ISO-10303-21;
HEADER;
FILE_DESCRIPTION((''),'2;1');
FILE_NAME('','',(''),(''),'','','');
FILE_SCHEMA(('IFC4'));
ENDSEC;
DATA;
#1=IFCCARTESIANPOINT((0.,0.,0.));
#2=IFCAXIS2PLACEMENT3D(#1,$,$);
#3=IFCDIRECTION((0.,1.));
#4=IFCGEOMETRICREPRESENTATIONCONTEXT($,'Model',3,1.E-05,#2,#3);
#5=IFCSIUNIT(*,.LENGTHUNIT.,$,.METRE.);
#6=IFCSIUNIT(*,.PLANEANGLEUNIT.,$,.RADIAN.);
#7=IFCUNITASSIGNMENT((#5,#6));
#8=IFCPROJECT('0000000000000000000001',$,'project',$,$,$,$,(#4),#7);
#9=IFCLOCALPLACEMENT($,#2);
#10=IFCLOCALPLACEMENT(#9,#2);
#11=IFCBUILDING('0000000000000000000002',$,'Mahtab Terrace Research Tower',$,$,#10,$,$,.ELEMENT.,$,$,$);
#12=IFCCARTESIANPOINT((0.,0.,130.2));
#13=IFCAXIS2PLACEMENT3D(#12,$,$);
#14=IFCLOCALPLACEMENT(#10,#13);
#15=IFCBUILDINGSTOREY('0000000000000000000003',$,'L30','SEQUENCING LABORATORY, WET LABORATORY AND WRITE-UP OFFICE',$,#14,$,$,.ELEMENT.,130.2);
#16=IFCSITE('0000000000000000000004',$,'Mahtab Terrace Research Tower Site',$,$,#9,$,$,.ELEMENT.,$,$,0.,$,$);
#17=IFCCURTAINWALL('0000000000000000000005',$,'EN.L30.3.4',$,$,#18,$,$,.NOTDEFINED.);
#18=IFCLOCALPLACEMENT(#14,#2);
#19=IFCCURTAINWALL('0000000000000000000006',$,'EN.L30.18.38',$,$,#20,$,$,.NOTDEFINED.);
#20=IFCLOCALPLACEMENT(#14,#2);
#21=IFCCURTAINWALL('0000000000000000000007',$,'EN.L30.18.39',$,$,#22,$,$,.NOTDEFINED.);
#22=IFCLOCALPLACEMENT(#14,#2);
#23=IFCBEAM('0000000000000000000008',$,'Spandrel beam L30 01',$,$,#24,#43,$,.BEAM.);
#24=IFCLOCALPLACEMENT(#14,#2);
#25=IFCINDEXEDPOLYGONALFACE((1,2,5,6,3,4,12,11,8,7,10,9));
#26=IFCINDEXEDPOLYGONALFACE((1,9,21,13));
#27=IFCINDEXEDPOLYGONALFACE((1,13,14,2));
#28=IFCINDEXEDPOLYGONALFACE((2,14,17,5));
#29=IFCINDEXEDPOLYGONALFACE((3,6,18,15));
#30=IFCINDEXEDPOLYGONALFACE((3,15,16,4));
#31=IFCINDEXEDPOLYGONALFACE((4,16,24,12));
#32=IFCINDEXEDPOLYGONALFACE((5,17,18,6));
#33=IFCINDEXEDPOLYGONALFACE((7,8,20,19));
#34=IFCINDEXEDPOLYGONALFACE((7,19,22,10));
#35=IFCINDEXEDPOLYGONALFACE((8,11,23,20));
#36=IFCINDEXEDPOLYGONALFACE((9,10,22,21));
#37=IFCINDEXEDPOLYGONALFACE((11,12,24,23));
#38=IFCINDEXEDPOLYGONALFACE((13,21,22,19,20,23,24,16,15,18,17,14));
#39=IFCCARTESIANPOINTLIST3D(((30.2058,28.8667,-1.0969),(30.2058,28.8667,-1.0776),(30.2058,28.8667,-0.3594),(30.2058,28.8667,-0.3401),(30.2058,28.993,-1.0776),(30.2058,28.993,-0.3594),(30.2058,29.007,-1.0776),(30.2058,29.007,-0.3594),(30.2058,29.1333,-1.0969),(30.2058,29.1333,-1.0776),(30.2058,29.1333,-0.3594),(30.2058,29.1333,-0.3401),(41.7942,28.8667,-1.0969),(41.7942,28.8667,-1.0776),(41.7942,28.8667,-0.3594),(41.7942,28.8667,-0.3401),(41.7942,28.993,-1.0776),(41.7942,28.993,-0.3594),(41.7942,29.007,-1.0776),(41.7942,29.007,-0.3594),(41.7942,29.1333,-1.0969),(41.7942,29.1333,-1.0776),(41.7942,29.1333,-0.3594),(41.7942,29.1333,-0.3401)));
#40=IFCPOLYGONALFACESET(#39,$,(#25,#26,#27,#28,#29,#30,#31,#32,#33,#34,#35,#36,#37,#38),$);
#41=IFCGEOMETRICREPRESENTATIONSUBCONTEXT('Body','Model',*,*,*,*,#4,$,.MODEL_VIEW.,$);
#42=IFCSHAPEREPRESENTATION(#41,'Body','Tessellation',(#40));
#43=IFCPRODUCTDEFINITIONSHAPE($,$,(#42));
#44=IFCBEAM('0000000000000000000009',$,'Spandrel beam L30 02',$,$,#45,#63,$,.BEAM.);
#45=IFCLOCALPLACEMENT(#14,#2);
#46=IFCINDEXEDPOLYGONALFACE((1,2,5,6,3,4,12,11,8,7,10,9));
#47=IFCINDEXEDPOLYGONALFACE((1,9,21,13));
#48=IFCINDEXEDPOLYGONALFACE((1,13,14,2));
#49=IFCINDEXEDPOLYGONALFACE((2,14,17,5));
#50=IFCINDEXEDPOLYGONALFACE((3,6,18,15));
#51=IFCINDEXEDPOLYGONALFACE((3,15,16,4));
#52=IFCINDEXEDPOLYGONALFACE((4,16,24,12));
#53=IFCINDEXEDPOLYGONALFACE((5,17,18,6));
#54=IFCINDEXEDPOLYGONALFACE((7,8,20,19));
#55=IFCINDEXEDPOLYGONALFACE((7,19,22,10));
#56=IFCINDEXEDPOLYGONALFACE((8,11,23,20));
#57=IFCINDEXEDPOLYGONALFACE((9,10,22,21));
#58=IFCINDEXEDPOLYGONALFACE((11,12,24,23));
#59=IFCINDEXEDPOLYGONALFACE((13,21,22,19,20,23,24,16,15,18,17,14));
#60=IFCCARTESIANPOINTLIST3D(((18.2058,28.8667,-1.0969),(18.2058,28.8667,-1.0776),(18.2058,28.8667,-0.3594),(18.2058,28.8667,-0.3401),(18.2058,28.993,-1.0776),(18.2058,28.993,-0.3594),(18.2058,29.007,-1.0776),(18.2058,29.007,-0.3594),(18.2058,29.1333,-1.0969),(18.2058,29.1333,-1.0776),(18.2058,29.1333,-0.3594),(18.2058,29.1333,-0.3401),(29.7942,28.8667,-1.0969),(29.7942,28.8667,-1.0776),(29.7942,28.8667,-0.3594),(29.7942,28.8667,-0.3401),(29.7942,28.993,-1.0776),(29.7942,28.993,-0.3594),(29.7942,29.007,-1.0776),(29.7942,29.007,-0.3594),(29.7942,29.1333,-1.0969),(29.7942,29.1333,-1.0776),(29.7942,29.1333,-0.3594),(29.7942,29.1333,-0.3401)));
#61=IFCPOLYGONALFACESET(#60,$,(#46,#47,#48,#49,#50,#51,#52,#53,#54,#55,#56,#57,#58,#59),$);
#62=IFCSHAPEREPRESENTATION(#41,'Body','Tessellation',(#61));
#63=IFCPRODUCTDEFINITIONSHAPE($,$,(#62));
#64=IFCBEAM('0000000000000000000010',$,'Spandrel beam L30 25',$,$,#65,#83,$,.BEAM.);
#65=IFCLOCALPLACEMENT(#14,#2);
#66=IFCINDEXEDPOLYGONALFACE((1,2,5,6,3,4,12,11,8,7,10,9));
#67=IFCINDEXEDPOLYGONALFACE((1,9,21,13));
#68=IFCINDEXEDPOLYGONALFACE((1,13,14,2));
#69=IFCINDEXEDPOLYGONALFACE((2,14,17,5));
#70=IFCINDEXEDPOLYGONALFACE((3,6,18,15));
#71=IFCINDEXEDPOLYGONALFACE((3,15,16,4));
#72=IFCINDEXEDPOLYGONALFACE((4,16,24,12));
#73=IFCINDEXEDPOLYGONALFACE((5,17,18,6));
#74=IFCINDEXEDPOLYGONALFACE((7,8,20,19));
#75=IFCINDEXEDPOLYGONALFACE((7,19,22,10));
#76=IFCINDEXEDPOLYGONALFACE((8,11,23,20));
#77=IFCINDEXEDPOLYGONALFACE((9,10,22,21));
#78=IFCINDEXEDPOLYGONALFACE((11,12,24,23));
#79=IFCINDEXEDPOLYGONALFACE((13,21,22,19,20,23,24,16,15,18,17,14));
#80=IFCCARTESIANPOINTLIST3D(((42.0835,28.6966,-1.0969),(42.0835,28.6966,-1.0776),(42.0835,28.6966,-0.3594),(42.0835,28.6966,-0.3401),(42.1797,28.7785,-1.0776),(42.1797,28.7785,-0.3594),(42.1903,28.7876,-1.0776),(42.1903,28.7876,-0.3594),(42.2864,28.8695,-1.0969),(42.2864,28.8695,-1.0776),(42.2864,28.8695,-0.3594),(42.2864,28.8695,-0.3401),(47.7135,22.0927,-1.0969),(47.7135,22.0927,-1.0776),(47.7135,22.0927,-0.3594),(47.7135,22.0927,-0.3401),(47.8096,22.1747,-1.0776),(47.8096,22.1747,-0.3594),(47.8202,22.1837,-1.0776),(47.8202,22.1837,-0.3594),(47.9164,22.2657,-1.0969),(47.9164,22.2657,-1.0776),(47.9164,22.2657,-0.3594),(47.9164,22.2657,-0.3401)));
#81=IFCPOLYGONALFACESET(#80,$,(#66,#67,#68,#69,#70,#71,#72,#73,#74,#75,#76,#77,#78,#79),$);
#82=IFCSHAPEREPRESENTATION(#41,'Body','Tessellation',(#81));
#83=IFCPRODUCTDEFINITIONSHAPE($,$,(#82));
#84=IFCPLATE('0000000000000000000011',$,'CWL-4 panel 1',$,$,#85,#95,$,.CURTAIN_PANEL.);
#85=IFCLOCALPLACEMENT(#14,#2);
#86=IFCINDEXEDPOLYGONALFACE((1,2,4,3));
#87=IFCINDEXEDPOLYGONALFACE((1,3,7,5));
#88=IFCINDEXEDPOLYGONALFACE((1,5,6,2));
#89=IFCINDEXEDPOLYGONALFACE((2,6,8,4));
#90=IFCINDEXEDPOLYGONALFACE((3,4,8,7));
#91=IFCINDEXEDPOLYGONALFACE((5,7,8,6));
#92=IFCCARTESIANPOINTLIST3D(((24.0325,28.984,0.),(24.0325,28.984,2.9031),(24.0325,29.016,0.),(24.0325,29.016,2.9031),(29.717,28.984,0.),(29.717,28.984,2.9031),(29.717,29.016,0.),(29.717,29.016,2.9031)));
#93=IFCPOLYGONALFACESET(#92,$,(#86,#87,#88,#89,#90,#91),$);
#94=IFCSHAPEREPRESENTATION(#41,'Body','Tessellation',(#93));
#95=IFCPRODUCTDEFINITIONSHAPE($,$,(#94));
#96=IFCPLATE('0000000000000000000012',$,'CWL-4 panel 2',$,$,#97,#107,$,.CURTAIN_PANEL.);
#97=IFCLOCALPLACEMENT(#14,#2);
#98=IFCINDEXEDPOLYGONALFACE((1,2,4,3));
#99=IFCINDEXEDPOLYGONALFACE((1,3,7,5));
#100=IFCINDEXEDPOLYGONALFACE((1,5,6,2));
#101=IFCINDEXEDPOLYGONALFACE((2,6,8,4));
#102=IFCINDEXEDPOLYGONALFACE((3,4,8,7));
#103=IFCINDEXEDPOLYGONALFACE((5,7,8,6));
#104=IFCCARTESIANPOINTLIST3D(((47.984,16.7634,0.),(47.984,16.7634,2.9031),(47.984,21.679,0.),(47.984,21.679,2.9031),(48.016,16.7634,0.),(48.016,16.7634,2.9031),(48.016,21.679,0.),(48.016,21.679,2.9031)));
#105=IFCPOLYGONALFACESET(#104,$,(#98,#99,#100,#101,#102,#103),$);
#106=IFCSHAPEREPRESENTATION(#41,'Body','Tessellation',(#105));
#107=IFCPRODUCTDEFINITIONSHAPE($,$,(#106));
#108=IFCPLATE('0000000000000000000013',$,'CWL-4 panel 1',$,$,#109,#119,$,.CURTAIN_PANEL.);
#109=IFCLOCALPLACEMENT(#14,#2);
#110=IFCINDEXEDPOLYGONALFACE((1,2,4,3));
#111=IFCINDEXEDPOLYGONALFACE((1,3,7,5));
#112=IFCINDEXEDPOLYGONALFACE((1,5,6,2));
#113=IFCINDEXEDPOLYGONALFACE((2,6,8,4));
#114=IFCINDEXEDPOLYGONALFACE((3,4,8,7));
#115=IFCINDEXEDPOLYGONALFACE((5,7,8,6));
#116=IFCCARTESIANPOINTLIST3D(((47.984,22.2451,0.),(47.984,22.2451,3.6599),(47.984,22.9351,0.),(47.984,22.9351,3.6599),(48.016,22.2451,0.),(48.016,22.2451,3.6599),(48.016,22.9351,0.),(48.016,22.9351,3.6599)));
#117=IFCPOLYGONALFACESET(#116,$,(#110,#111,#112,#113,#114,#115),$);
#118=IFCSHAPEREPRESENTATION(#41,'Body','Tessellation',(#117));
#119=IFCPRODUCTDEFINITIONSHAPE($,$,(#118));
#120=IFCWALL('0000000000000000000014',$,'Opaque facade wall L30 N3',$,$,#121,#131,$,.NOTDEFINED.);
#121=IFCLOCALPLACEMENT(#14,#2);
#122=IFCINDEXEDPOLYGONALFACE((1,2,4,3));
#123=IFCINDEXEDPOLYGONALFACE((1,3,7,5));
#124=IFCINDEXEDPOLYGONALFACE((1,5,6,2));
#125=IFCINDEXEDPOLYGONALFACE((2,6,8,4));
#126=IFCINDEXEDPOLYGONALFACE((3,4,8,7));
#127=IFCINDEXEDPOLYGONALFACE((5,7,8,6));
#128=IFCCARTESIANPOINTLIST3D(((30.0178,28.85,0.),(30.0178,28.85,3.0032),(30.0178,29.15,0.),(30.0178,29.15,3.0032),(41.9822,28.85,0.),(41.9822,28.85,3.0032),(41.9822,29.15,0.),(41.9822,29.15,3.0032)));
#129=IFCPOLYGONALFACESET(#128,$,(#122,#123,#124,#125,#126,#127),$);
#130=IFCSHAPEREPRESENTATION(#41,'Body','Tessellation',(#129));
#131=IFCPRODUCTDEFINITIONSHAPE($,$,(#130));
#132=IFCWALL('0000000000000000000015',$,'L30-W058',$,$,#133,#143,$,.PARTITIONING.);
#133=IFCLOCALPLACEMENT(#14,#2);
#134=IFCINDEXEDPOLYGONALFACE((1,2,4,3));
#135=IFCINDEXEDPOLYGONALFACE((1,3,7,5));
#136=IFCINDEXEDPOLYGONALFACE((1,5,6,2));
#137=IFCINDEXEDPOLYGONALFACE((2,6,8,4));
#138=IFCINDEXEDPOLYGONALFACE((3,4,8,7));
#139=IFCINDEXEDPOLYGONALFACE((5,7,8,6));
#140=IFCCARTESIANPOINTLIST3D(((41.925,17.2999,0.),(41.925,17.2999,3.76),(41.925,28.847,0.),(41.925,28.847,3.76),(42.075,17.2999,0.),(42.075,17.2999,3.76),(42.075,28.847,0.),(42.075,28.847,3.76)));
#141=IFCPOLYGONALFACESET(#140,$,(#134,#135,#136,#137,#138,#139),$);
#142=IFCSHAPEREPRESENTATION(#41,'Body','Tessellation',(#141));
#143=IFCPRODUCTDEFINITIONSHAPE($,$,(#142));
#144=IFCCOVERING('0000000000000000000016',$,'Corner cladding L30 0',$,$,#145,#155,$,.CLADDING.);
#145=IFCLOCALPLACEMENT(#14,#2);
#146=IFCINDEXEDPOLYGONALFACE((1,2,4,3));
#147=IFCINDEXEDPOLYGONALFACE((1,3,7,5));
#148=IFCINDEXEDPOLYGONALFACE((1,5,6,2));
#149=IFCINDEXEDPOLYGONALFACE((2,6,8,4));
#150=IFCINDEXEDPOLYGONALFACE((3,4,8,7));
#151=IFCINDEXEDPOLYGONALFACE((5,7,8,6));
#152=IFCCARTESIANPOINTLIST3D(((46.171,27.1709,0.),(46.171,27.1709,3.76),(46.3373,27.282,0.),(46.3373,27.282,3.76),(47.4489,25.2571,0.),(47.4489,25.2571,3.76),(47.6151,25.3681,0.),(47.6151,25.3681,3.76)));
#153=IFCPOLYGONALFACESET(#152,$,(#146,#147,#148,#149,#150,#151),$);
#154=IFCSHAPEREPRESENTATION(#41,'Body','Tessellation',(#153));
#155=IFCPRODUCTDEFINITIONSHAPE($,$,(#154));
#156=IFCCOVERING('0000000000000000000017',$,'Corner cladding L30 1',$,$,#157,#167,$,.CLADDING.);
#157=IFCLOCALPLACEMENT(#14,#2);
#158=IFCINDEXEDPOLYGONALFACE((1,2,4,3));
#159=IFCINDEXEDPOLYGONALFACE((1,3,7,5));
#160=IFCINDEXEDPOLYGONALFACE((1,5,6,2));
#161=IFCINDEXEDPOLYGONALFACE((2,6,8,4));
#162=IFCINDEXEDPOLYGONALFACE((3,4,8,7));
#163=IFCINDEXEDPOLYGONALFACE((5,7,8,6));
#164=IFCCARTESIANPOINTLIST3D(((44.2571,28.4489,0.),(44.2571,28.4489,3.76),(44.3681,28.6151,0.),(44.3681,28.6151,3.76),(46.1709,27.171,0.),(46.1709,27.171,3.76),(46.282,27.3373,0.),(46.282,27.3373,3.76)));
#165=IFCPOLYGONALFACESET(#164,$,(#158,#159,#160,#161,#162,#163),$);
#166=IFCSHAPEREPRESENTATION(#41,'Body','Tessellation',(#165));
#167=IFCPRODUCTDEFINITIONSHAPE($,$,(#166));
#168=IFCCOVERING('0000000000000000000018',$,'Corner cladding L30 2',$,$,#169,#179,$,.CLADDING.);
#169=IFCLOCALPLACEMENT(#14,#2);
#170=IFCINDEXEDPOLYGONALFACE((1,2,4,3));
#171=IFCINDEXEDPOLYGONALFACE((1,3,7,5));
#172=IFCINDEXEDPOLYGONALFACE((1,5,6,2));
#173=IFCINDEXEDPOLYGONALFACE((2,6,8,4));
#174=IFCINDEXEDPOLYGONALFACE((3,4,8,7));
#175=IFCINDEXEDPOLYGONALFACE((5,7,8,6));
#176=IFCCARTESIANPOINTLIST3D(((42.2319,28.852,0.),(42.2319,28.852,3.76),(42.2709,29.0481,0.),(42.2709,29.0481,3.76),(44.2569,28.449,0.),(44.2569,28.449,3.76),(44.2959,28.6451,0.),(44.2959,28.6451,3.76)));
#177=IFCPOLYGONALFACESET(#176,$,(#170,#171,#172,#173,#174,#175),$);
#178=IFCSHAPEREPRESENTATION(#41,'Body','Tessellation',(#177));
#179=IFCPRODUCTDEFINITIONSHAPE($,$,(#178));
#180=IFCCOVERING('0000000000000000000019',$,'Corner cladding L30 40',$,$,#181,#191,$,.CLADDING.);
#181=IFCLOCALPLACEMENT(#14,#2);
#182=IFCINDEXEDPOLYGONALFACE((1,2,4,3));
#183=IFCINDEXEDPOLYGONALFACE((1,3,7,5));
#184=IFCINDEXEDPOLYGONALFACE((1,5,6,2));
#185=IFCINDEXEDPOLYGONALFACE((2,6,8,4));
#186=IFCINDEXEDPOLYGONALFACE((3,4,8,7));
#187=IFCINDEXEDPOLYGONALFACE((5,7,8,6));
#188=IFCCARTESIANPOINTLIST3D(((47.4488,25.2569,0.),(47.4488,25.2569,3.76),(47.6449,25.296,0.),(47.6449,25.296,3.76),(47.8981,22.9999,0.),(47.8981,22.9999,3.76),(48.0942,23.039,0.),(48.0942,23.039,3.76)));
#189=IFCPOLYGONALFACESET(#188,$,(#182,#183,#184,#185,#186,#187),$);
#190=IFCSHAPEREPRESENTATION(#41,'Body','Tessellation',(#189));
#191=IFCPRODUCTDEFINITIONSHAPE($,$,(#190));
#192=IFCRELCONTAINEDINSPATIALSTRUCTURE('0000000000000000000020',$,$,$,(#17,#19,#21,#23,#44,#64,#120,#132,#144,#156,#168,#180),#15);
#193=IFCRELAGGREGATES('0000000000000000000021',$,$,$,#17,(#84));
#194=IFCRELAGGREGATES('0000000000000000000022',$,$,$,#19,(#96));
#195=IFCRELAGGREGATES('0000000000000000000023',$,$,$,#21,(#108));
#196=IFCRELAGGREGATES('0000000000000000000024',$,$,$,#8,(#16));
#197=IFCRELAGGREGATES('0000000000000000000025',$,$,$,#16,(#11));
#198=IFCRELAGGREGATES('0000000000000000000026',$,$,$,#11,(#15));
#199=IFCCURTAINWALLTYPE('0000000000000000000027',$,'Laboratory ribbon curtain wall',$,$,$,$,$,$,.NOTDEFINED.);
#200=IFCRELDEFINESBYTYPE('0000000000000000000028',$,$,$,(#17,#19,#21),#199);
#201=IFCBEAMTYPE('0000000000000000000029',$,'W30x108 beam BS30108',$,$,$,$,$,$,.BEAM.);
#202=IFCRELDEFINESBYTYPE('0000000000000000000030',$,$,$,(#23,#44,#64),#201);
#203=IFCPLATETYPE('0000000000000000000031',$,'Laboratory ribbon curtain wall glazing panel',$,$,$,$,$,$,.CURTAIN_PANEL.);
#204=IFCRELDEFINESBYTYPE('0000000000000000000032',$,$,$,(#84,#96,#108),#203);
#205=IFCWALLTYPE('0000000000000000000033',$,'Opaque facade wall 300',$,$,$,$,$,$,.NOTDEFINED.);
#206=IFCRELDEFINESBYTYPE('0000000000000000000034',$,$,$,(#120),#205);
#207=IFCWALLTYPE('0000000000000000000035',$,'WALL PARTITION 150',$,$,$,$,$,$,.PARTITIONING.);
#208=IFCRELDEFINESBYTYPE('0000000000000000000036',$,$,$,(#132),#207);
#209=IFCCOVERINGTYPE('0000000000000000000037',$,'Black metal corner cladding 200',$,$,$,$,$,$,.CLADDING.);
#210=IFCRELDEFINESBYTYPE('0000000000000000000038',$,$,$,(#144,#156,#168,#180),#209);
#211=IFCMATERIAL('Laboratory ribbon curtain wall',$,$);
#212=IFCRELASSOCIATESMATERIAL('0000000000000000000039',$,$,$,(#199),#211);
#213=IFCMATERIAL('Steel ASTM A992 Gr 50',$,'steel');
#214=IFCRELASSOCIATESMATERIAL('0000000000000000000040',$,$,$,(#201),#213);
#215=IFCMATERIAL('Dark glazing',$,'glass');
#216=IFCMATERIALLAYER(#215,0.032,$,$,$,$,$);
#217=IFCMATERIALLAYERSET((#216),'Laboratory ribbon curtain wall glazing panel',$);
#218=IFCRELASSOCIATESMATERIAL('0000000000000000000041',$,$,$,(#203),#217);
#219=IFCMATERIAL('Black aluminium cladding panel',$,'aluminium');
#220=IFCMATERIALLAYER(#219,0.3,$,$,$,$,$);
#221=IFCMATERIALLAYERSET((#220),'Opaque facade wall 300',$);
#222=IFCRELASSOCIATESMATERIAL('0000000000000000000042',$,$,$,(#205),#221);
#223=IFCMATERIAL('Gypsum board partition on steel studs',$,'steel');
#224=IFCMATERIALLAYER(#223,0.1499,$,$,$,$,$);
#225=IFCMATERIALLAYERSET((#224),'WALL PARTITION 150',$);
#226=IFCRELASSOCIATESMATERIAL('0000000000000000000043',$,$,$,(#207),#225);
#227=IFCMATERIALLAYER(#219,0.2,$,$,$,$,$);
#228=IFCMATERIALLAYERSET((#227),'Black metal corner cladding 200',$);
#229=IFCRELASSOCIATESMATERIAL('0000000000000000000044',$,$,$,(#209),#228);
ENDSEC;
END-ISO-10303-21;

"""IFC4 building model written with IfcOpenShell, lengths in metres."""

from ifc_helpers import new_model, si_unit, direction, frame, frame_2d, origin, origin_2d, place, context, subcontext, project, spatial, rectangle, i_section, extrude, material, layer, layer_set, material_profile, profile_set, type_object, element, aggregate, save


model = new_model("IFC4")

# Units and contexts
model_context = context("Model", 3, precision=1e-05, world=origin(), true_north=direction((0.0, 1.0)))
body_context = subcontext(model_context, "Body", "Model", "MODEL_VIEW")
ifc_project = project(units=[si_unit("LENGTHUNIT", "METRE"), si_unit("PLANEANGLEUNIT", "RADIAN")], contexts=[model_context])

# Site, building, storey
site_placement = place(None, origin())
site = spatial("IfcSite", under=ifc_project, at=site_placement, Name="Mahtab Terrace Research Tower Site", CompositionType="ELEMENT", RefElevation=0.0)
building_placement = place(site_placement, origin())
building = spatial("IfcBuilding", under=site, at=building_placement, Name="Mahtab Terrace Research Tower", CompositionType="ELEMENT")
storey_placement = place(building_placement, frame((0.0, 0.0, 130.2)))
storey = spatial("IfcBuildingStorey", under=building, at=storey_placement, Name="L30", Description="SEQUENCING LABORATORY, WET LABORATORY AND WRITE-UP OFFICE", CompositionType="ELEMENT", Elevation=130.2)

# Shared definitions
ifc_material_1 = material(Name="Steel ASTM A992 Gr 50", Category="steel")

# Curtain walls
ifc_material_2 = material(Name="Laboratory ribbon curtain wall")
curtain_wall_type = type_object("IfcCurtainWallType", Name="Laboratory ribbon curtain wall", PredefinedType="NOTDEFINED", material=ifc_material_2)
curtain_wall_1_placement = place(storey_placement, origin())
curtain_wall_1 = element("IfcCurtainWall", 1, at=curtain_wall_1_placement, inside=storey, type_object=curtain_wall_type, Name="EN.L30.3.4", PredefinedType="NOTDEFINED")
curtain_wall_2_placement = place(storey_placement, origin())
curtain_wall_2 = element("IfcCurtainWall", 2, at=curtain_wall_2_placement, inside=storey, type_object=curtain_wall_type, Name="EN.L30.18.38", PredefinedType="NOTDEFINED")

# Curtain wall
curtain_wall_3_placement = place(storey_placement, origin())
curtain_wall_3 = element("IfcCurtainWall", 3, at=curtain_wall_3_placement, inside=storey, type_object=curtain_wall_type, Name="EN.L30.18.39", PredefinedType="NOTDEFINED")

# Beams
ifc_material_profile_1 = material_profile(ifc_material_1, i_section(OverallWidth=0.2666, OverallDepth=0.7568, WebThickness=0.0139, FlangeThickness=0.0193, at=origin_2d()), Name="W30X108")
ifc_profile_set_1 = profile_set([ifc_material_profile_1], Name="Steel ASTM A992 Gr 50")
beam_type = type_object("IfcBeamType", Name="W30x108 beam BS30108", PredefinedType="BEAM", material=ifc_profile_set_1)
for number, where, z_axis, x_axis, name in (
    (4, (41.7942, 29.0, -0.7185), (-1.0, 0.0, 0.0), (0.0, -1.0, 0.0), "Spandrel beam L30 01"),
    (5, (29.7942, 29.0, -0.7185), (-1.0, 0.0, 0.0), (0.0, -1.0, 0.0), "Spandrel beam L30 02"),
):
    element("IfcBeam", number, at=place(storey_placement, frame(where, z_axis=z_axis, x_axis=x_axis)), inside=storey, type_object=beam_type, Name=name, PredefinedType="BEAM", context=body_context, shape_type="SweptSolid", body=[
        extrude(i_section(OverallWidth=0.2666, OverallDepth=0.7568, WebThickness=0.0139, FlangeThickness=0.0193, at=origin_2d()), origin(), (0.0, 0.0, 1.0), 11.5884),
    ])
beam_placement = place(storey_placement, frame((47.8149, 22.1792, -0.7185), z_axis=(-0.648764, 0.76099, 0.0), x_axis=(-0.76099, -0.648764, 0.0)))
element("IfcBeam", 6, at=beam_placement, inside=storey, type_object=beam_type, Name="Spandrel beam L30 25", PredefinedType="BEAM", context=body_context, shape_type="SweptSolid", body=[
    extrude(i_section(OverallWidth=0.2666, OverallDepth=0.7568, WebThickness=0.0139, FlangeThickness=0.0193, at=origin_2d()), origin(), (0.0, 0.0, 1.0), 8.678),
])

# Plates
ifc_material_3 = material(Name="Dark glazing", Category="glass")
ifc_layer_1 = layer(ifc_material_3, 0.032)
ifc_layer_set_1 = layer_set([ifc_layer_1], Name="Laboratory ribbon curtain wall glazing panel")
plate_type = type_object("IfcPlateType", Name="Laboratory ribbon curtain wall glazing panel", PredefinedType="CURTAIN_PANEL", material=ifc_layer_set_1)
plate_1_placement = place(storey_placement, frame((26.8748, 29.0, 0.0), z_axis=(0.0, 0.0, 1.0), x_axis=(-1.0, 0.0, 0.0)))
plate_1 = element("IfcPlate", 7, at=plate_1_placement, type_object=plate_type, Name="CWL-4 panel 1", PredefinedType="CURTAIN_PANEL", context=body_context, shape_type="SweptSolid", body=[
    extrude(rectangle(XDim=5.6846, YDim=0.032, at=origin_2d()), origin(), (0.0, 0.0, 1.0), 2.9031),
])
aggregate(curtain_wall_1, [plate_1])
plate_2_placement = place(storey_placement, frame((48.0, 19.2212, 0.0), z_axis=(0.0, 0.0, 1.0), x_axis=(0.0, 1.0, 0.0)))
plate_2 = element("IfcPlate", 8, at=plate_2_placement, type_object=plate_type, Name="CWL-4 panel 2", PredefinedType="CURTAIN_PANEL", context=body_context, shape_type="SweptSolid", body=[
    extrude(rectangle(XDim=4.9155, YDim=0.032, at=origin_2d()), origin(), (0.0, 0.0, 1.0), 2.9031),
])
aggregate(curtain_wall_2, [plate_2])
plate_3_placement = place(storey_placement, frame((48.0, 22.5901, 0.0), z_axis=(0.0, 0.0, 1.0), x_axis=(0.0, 1.0, 0.0)))
plate_3 = element("IfcPlate", 9, at=plate_3_placement, type_object=plate_type, Name="CWL-4 panel 1", PredefinedType="CURTAIN_PANEL", context=body_context, shape_type="SweptSolid", body=[
    extrude(rectangle(XDim=0.6899, YDim=0.032, at=origin_2d()), origin(), (0.0, 0.0, 1.0), 3.6599),
])
aggregate(curtain_wall_3, [plate_3])

# Walls
ifc_material_4 = material(Name="Black aluminium cladding panel", Category="aluminium")
ifc_layer_2 = layer(ifc_material_4, 0.3)
ifc_layer_set_2 = layer_set([ifc_layer_2], Name="Opaque facade wall 300")
wall_type_1 = type_object("IfcWallType", Name="Opaque facade wall 300", PredefinedType="NOTDEFINED", material=ifc_layer_set_2)
wall_1_placement = place(storey_placement, frame((41.9822, 29.0, 0.0), z_axis=(0.0, 0.0, 1.0), x_axis=(-1.0, 0.0, 0.0)))
element("IfcWall", 10, at=wall_1_placement, inside=storey, type_object=wall_type_1, Name="Opaque facade wall L30 N3", PredefinedType="NOTDEFINED", context=body_context, shape_type="SweptSolid", body=[
    extrude(rectangle(XDim=11.9644, YDim=0.3, at=frame_2d((5.9822, 0.0))), origin(), (0.0, 0.0, 1.0), 3.0032),
])
ifc_material_5 = material(Name="Gypsum board partition on steel studs", Category="steel")
ifc_layer_3 = layer(ifc_material_5, 0.1499)
ifc_layer_set_3 = layer_set([ifc_layer_3], Name="WALL PARTITION 150")
wall_type_2 = type_object("IfcWallType", Name="WALL PARTITION 150", PredefinedType="PARTITIONING", material=ifc_layer_set_3)
wall_2_placement = place(storey_placement, frame((42.0, 17.3, 0.0), z_axis=(0.0, 0.0, 1.0), x_axis=(0.0, 1.0, 0.0)))
element("IfcWall", 11, at=wall_2_placement, inside=storey, type_object=wall_type_2, Name="L30-W058", PredefinedType="PARTITIONING", context=body_context, shape_type="SweptSolid", body=[
    extrude(rectangle(XDim=11.5471, YDim=0.1499, at=frame_2d((5.7734, 0.0))), origin(), (0.0, 0.0, 1.0), 3.76),
])

# Coverings
ifc_layer_4 = layer(ifc_material_4, 0.2)
ifc_layer_set_4 = layer_set([ifc_layer_4], Name="Black metal corner cladding 200")
covering_type = type_object("IfcCoveringType", Name="Black metal corner cladding 200", PredefinedType="CLADDING", material=ifc_layer_set_4)
for number, where, z_axis, x_axis, name in (
    (12, (46.8931, 26.2695, 0.0), (0.0, 0.0, 1.0), (-0.555291, 0.831656, 0.0), "Corner cladding L30 0"),
    (13, (45.2695, 27.8931, 0.0), (0.0, 0.0, 1.0), (-0.831656, 0.555291, 0.0), "Corner cladding L30 1"),
):
    element("IfcCovering", number, at=place(storey_placement, frame(where, z_axis=z_axis, x_axis=x_axis)), inside=storey, type_object=covering_type, Name=name, PredefinedType="CLADDING", context=body_context, shape_type="SweptSolid", body=[
        extrude(rectangle(XDim=2.3013, YDim=0.2, at=origin_2d()), origin(), (0.0, 0.0, 1.0), 3.76),
    ])
covering_1_placement = place(storey_placement, frame((43.2639, 28.7485, 0.0), z_axis=(0.0, 0.0, 1.0), x_axis=(-0.980761, 0.195212, 0.0)))
element("IfcCovering", 14, at=covering_1_placement, inside=storey, type_object=covering_type, Name="Corner cladding L30 2", PredefinedType="CLADDING", context=body_context, shape_type="SweptSolid", body=[
    extrude(rectangle(XDim=2.0647, YDim=0.2, at=origin_2d()), origin(), (0.0, 0.0, 1.0), 3.76),
])
covering_2_placement = place(storey_placement, frame((47.7715, 24.1479, 0.0), z_axis=(0.0, 0.0, 1.0), x_axis=(-0.195212, 0.980761, 0.0)))
element("IfcCovering", 15, at=covering_2_placement, inside=storey, type_object=covering_type, Name="Corner cladding L30 40", PredefinedType="CLADDING", context=body_context, shape_type="SweptSolid", body=[
    extrude(rectangle(XDim=2.3013, YDim=0.2, at=origin_2d()), origin(), (0.0, 0.0, 1.0), 3.76),
])

save(model, "model.ifc")
